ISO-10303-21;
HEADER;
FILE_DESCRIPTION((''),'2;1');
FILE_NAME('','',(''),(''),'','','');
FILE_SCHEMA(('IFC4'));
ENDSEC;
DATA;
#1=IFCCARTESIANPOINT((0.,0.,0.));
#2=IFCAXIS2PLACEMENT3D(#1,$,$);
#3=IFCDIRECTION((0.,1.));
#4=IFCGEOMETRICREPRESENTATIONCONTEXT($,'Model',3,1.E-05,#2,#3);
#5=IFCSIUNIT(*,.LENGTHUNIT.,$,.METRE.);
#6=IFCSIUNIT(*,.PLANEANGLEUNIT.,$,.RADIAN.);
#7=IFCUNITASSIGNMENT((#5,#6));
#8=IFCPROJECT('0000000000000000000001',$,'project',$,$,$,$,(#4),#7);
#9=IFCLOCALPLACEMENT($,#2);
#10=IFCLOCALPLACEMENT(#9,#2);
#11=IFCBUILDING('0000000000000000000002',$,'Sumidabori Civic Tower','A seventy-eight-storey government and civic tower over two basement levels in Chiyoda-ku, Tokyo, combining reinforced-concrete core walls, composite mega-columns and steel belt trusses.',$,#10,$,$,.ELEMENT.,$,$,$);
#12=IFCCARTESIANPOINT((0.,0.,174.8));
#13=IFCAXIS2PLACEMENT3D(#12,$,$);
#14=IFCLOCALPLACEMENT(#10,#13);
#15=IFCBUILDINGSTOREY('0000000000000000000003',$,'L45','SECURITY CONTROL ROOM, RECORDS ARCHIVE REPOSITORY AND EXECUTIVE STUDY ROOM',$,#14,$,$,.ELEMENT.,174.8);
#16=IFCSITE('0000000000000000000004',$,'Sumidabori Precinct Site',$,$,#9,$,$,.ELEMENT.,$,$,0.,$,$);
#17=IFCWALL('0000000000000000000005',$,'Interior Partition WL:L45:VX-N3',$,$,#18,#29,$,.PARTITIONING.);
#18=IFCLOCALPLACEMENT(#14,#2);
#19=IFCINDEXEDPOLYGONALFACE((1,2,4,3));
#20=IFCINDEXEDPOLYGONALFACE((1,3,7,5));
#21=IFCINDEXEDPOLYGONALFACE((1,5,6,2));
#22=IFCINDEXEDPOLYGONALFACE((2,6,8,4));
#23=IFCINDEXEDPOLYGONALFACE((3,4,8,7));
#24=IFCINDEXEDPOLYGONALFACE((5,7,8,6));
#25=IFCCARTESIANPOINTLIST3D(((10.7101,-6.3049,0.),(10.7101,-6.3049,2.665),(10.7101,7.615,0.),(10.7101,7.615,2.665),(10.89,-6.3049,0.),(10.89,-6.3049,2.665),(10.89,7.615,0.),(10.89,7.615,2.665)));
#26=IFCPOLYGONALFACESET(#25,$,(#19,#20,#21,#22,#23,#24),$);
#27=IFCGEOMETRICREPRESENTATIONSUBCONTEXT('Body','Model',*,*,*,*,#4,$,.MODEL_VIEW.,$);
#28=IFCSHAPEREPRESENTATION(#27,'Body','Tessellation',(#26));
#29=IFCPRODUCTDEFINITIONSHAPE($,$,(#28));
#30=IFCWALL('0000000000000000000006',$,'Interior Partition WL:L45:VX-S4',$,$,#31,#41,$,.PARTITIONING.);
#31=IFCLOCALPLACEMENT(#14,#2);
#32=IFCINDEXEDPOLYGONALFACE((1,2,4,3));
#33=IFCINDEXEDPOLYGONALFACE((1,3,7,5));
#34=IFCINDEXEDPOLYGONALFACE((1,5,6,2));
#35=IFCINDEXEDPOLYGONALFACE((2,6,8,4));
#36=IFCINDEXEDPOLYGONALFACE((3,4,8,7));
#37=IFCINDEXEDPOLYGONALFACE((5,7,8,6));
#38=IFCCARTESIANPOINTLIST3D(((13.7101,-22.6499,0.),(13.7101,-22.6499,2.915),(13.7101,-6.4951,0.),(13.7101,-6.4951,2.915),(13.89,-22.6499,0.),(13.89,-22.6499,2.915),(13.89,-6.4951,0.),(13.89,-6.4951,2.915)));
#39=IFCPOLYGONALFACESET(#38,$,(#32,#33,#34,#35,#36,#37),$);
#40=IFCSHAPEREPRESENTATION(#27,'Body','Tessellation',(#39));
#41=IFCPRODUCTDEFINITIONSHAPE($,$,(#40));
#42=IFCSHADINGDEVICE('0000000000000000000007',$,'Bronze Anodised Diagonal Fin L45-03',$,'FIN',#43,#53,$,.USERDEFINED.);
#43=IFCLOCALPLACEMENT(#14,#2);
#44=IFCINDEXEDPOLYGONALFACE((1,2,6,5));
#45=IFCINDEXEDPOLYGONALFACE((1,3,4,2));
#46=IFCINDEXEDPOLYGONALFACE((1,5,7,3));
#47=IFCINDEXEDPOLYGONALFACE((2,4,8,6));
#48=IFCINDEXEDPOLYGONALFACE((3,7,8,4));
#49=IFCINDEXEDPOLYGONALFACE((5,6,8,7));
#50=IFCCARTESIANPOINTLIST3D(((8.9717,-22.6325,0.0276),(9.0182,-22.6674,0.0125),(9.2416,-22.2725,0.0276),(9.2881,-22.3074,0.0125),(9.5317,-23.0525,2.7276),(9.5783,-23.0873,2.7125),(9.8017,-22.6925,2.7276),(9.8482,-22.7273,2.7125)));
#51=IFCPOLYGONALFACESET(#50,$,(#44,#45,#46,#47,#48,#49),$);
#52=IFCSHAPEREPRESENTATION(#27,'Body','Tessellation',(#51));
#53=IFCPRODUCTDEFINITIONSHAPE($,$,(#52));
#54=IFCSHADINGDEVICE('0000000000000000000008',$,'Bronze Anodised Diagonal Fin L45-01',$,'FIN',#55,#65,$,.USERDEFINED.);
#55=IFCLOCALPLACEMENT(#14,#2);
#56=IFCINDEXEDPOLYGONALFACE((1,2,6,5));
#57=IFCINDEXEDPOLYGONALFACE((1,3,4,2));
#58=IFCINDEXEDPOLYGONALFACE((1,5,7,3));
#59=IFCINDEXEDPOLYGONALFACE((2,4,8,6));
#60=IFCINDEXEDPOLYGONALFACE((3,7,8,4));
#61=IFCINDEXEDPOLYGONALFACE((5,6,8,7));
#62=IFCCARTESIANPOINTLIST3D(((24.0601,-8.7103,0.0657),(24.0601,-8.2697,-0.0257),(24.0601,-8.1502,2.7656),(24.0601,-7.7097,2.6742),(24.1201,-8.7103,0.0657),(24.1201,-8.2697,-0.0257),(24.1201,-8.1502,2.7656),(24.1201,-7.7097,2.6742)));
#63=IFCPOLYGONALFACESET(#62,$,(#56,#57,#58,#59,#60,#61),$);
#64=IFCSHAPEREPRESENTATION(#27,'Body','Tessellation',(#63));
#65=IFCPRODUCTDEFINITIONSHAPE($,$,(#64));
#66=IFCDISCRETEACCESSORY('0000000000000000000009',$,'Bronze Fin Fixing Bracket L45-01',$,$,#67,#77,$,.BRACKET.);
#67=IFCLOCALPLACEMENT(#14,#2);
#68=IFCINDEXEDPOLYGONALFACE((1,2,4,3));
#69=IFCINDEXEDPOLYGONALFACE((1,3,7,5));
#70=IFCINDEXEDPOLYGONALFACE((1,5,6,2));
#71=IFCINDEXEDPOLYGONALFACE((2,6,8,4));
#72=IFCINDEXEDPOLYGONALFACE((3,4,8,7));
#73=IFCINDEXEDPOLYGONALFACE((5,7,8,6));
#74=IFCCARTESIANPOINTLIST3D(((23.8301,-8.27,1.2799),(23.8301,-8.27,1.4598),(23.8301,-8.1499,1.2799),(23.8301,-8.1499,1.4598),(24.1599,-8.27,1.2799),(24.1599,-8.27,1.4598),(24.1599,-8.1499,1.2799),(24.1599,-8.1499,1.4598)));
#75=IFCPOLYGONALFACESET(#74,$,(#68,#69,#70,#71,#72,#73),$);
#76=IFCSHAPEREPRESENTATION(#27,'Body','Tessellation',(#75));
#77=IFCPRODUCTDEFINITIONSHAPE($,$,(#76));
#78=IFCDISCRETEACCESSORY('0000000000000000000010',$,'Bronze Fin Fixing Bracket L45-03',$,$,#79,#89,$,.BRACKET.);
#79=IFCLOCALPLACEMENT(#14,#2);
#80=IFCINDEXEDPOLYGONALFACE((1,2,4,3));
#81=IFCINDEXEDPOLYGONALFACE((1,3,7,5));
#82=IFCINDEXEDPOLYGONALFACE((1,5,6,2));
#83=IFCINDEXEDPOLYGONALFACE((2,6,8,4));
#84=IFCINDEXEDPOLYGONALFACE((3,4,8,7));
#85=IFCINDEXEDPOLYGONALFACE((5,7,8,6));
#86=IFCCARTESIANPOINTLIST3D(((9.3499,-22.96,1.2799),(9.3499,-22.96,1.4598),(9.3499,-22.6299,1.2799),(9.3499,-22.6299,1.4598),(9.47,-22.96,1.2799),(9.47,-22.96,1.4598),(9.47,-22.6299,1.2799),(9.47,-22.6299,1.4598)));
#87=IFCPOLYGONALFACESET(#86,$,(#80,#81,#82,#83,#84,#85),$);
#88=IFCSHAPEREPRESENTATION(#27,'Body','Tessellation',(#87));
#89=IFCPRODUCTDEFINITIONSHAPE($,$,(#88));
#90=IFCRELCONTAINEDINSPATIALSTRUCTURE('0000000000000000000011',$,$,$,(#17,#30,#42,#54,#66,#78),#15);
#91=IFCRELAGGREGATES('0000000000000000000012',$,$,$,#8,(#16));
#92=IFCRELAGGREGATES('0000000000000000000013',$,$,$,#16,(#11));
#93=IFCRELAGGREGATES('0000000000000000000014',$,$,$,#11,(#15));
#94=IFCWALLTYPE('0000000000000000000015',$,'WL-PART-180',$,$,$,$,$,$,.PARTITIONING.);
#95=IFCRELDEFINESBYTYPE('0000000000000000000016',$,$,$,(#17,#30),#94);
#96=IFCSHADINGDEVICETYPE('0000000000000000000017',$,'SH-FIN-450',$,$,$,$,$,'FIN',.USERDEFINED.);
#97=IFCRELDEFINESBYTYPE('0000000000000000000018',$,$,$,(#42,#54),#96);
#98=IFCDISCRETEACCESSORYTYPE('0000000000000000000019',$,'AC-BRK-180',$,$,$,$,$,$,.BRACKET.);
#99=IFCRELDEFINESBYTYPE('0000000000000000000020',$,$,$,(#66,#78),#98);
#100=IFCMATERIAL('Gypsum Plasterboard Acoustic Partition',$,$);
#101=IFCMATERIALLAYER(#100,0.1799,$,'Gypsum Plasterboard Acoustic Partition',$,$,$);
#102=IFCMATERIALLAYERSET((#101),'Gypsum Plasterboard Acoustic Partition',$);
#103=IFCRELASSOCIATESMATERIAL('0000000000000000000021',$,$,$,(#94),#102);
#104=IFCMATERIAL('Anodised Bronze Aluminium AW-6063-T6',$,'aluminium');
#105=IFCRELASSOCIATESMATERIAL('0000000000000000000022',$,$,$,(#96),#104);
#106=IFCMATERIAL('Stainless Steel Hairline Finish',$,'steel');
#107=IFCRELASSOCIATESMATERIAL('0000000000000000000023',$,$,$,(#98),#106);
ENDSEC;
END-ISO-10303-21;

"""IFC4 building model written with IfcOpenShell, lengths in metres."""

from ifc_helpers import new_model, si_unit, direction, frame, frame_2d, origin, origin_2d, place, context, subcontext, project, spatial, rectangle, extrude, source, transform, mapped, material, layer, layer_set, material_profile, profile_set, type_object, element, save


model = new_model("IFC4")

# Units and contexts
model_context = context("Model", 3, precision=1e-05, world=origin(), true_north=direction((0.0, 1.0)))
body_context = subcontext(model_context, "Body", "Model", "MODEL_VIEW")
ifc_project = project(units=[si_unit("LENGTHUNIT", "METRE"), si_unit("PLANEANGLEUNIT", "RADIAN")], contexts=[model_context])

# Site, building, storey
site_placement = place(None, origin())
site = spatial("IfcSite", under=ifc_project, at=site_placement, Name="Sumidabori Precinct Site", CompositionType="ELEMENT", RefElevation=0.0)
building_placement = place(site_placement, origin())
building = spatial("IfcBuilding", under=site, at=building_placement, Name="Sumidabori Civic Tower", Description="A seventy-eight-storey government and civic tower over two basement levels in Chiyoda-ku, Tokyo, combining reinforced-concrete core walls, composite mega-columns and steel belt trusses.", CompositionType="ELEMENT")
storey_placement = place(building_placement, frame((0.0, 0.0, 174.8)))
storey = spatial("IfcBuildingStorey", under=building, at=storey_placement, Name="L45", Description="SECURITY CONTROL ROOM, RECORDS ARCHIVE REPOSITORY AND EXECUTIVE STUDY ROOM", CompositionType="ELEMENT", Elevation=174.8)

# Shared definitions
ifc_material_1 = material(Name="Anodised Bronze Aluminium AW-6063-T6", Category="aluminium")

# Shared definitions
ifc_material_2 = material(Name="Gypsum Plasterboard Acoustic Partition")
ifc_layer_1 = layer(ifc_material_2, 0.1799, Name="Gypsum Plasterboard Acoustic Partition")
ifc_layer_set_1 = layer_set([ifc_layer_1], Name="Gypsum Plasterboard Acoustic Partition")
wall_type_1 = type_object("IfcWallType", Name="WL-PART-180", PredefinedType="PARTITIONING", material=ifc_layer_set_1)

# Walls
shared_shape_1 = source(origin(), body_context, "Body", "SweptSolid", [
    extrude(rectangle(XDim=13.9199, YDim=0.1799, at=frame_2d((6.96, 0.0))), origin(), (0.0, 0.0, 1.0), 2.665),
])
wall_1_placement = place(storey_placement, frame((10.8, -6.3049, 0.0), z_axis=(0.0, 0.0, 1.0), x_axis=(0.0, 1.0, 0.0)))
element("IfcWall", 1, at=wall_1_placement, inside=storey, type_object=wall_type_1, Name="Interior Partition WL:L45:VX-N3", PredefinedType="PARTITIONING", context=body_context, shape_type="MappedRepresentation", body=[
    mapped(shared_shape_1, transform((0.0, 0.0, 0.0), x_axis=(1.0, 0.0, 0.0), y_axis=(0.0, 1.0, 0.0), z_axis=(0.0, 0.0, 1.0), scale=1.0)),
])
shared_shape_2 = source(origin(), body_context, "Body", "SweptSolid", [
    extrude(rectangle(XDim=16.1548, YDim=0.1799, at=frame_2d((8.0774, 0.0))), origin(), (0.0, 0.0, 1.0), 2.915),
])
wall_2_placement = place(storey_placement, frame((13.8, -22.6499, 0.0), z_axis=(0.0, 0.0, 1.0), x_axis=(0.0, 1.0, 0.0)))
element("IfcWall", 2, at=wall_2_placement, inside=storey, type_object=wall_type_1, Name="Interior Partition WL:L45:VX-S4", PredefinedType="PARTITIONING", context=body_context, shape_type="MappedRepresentation", body=[
    mapped(shared_shape_2, transform((0.0, 0.0, 0.0), x_axis=(1.0, 0.0, 0.0), y_axis=(0.0, 1.0, 0.0), z_axis=(0.0, 0.0, 1.0), scale=1.0)),
])

# Shading devices
ifc_material_profile_1 = material_profile(ifc_material_1, rectangle(XDim=0.0601, YDim=0.45, at=origin_2d()), Name="BRONZE FIN 450x60")
ifc_profile_set_1 = profile_set([ifc_material_profile_1], Name="Anodised Bronze Aluminium AW-6063-T6")
shading_device_type = type_object("IfcShadingDeviceType", Name="SH-FIN-450", ElementType="FIN", PredefinedType="USERDEFINED", material=ifc_profile_set_1)
shared_shape_3 = source(origin(), body_context, "Body", "SweptSolid", [
    extrude(rectangle(XDim=0.0601, YDim=0.45, at=origin_2d()), origin(), (0.0, 0.0, 1.0), 2.7893),
])
shading_device_1_placement = place(storey_placement, frame((9.1299, -22.47, 0.02), z_axis=(0.200794, -0.150552, 0.967996), x_axis=(0.774478, -0.580689, -0.250966)))
element("IfcShadingDevice", 3, at=shading_device_1_placement, inside=storey, type_object=shading_device_type, Name="Bronze Anodised Diagonal Fin L45-03", ObjectType="FIN", PredefinedType="USERDEFINED", context=body_context, shape_type="MappedRepresentation", body=[
    mapped(shared_shape_3, transform((0.0, 0.0, 0.0), x_axis=(1.0, 0.0, 0.0), y_axis=(0.0, 1.0, 0.0), z_axis=(0.0, 0.0, 1.0), scale=1.0)),
])
shared_shape_4 = source(origin(), body_context, "Body", "SweptSolid", [
    extrude(rectangle(XDim=0.0601, YDim=0.45, at=origin_2d()), origin(), (0.0, 0.0, 1.0), 2.7573),
])
shading_device_2_placement = place(storey_placement, frame((24.0901, -8.49, 0.02), z_axis=(0.0, 0.203109, 0.979156), x_axis=(-1.0, 0.0, 0.0)))
element("IfcShadingDevice", 4, at=shading_device_2_placement, inside=storey, type_object=shading_device_type, Name="Bronze Anodised Diagonal Fin L45-01", ObjectType="FIN", PredefinedType="USERDEFINED", context=body_context, shape_type="MappedRepresentation", body=[
    mapped(shared_shape_4, transform((0.0, 0.0, 0.0), x_axis=(1.0, 0.0, 0.0), y_axis=(0.0, 1.0, 0.0), z_axis=(0.0, 0.0, 1.0), scale=1.0)),
])

# Discrete accessories
ifc_material_3 = material(Name="Stainless Steel Hairline Finish", Category="steel")
ifc_material_profile_2 = material_profile(ifc_material_3, rectangle(XDim=0.1201, YDim=0.1799, at=origin_2d()), Name="STEEL BRACKET 180x120")
ifc_profile_set_2 = profile_set([ifc_material_profile_2], Name="Stainless Steel Hairline Finish")
discrete_accessory_type = type_object("IfcDiscreteAccessoryType", Name="AC-BRK-180", PredefinedType="BRACKET", material=ifc_profile_set_2)
shared_shape_5 = source(origin(), body_context, "Body", "SweptSolid", [
    extrude(rectangle(XDim=0.1201, YDim=0.1799, at=origin_2d()), origin(), (0.0, 0.0, 1.0), 0.3298),
])
discrete_accessory_1_placement = place(storey_placement, frame((23.8301, -8.21, 1.3699), z_axis=(1.0, 0.0, 0.0), x_axis=(0.0, 1.0, 0.0)))
element("IfcDiscreteAccessory", 5, at=discrete_accessory_1_placement, inside=storey, type_object=discrete_accessory_type, Name="Bronze Fin Fixing Bracket L45-01", PredefinedType="BRACKET", context=body_context, shape_type="MappedRepresentation", body=[
    mapped(shared_shape_5, transform((0.0, 0.0, 0.0), x_axis=(1.0, 0.0, 0.0), y_axis=(0.0, 1.0, 0.0), z_axis=(0.0, 0.0, 1.0), scale=1.0)),
])
shared_shape_6 = source(origin(), body_context, "Body", "SweptSolid", [
    extrude(rectangle(XDim=0.1201, YDim=0.1799, at=origin_2d()), origin(), (0.0, 0.0, 1.0), 0.3301),
])
discrete_accessory_2_placement = place(storey_placement, frame((9.4099, -22.6299, 1.3699), z_axis=(0.0, -1.0, 0.0), x_axis=(1.0, 0.0, 0.0)))
element("IfcDiscreteAccessory", 6, at=discrete_accessory_2_placement, inside=storey, type_object=discrete_accessory_type, Name="Bronze Fin Fixing Bracket L45-03", PredefinedType="BRACKET", context=body_context, shape_type="MappedRepresentation", body=[
    mapped(shared_shape_6, transform((0.0, 0.0, 0.0), x_axis=(1.0, 0.0, 0.0), y_axis=(0.0, 1.0, 0.0), z_axis=(0.0, 0.0, 1.0), scale=1.0)),
])

save(model, "model.ifc")
